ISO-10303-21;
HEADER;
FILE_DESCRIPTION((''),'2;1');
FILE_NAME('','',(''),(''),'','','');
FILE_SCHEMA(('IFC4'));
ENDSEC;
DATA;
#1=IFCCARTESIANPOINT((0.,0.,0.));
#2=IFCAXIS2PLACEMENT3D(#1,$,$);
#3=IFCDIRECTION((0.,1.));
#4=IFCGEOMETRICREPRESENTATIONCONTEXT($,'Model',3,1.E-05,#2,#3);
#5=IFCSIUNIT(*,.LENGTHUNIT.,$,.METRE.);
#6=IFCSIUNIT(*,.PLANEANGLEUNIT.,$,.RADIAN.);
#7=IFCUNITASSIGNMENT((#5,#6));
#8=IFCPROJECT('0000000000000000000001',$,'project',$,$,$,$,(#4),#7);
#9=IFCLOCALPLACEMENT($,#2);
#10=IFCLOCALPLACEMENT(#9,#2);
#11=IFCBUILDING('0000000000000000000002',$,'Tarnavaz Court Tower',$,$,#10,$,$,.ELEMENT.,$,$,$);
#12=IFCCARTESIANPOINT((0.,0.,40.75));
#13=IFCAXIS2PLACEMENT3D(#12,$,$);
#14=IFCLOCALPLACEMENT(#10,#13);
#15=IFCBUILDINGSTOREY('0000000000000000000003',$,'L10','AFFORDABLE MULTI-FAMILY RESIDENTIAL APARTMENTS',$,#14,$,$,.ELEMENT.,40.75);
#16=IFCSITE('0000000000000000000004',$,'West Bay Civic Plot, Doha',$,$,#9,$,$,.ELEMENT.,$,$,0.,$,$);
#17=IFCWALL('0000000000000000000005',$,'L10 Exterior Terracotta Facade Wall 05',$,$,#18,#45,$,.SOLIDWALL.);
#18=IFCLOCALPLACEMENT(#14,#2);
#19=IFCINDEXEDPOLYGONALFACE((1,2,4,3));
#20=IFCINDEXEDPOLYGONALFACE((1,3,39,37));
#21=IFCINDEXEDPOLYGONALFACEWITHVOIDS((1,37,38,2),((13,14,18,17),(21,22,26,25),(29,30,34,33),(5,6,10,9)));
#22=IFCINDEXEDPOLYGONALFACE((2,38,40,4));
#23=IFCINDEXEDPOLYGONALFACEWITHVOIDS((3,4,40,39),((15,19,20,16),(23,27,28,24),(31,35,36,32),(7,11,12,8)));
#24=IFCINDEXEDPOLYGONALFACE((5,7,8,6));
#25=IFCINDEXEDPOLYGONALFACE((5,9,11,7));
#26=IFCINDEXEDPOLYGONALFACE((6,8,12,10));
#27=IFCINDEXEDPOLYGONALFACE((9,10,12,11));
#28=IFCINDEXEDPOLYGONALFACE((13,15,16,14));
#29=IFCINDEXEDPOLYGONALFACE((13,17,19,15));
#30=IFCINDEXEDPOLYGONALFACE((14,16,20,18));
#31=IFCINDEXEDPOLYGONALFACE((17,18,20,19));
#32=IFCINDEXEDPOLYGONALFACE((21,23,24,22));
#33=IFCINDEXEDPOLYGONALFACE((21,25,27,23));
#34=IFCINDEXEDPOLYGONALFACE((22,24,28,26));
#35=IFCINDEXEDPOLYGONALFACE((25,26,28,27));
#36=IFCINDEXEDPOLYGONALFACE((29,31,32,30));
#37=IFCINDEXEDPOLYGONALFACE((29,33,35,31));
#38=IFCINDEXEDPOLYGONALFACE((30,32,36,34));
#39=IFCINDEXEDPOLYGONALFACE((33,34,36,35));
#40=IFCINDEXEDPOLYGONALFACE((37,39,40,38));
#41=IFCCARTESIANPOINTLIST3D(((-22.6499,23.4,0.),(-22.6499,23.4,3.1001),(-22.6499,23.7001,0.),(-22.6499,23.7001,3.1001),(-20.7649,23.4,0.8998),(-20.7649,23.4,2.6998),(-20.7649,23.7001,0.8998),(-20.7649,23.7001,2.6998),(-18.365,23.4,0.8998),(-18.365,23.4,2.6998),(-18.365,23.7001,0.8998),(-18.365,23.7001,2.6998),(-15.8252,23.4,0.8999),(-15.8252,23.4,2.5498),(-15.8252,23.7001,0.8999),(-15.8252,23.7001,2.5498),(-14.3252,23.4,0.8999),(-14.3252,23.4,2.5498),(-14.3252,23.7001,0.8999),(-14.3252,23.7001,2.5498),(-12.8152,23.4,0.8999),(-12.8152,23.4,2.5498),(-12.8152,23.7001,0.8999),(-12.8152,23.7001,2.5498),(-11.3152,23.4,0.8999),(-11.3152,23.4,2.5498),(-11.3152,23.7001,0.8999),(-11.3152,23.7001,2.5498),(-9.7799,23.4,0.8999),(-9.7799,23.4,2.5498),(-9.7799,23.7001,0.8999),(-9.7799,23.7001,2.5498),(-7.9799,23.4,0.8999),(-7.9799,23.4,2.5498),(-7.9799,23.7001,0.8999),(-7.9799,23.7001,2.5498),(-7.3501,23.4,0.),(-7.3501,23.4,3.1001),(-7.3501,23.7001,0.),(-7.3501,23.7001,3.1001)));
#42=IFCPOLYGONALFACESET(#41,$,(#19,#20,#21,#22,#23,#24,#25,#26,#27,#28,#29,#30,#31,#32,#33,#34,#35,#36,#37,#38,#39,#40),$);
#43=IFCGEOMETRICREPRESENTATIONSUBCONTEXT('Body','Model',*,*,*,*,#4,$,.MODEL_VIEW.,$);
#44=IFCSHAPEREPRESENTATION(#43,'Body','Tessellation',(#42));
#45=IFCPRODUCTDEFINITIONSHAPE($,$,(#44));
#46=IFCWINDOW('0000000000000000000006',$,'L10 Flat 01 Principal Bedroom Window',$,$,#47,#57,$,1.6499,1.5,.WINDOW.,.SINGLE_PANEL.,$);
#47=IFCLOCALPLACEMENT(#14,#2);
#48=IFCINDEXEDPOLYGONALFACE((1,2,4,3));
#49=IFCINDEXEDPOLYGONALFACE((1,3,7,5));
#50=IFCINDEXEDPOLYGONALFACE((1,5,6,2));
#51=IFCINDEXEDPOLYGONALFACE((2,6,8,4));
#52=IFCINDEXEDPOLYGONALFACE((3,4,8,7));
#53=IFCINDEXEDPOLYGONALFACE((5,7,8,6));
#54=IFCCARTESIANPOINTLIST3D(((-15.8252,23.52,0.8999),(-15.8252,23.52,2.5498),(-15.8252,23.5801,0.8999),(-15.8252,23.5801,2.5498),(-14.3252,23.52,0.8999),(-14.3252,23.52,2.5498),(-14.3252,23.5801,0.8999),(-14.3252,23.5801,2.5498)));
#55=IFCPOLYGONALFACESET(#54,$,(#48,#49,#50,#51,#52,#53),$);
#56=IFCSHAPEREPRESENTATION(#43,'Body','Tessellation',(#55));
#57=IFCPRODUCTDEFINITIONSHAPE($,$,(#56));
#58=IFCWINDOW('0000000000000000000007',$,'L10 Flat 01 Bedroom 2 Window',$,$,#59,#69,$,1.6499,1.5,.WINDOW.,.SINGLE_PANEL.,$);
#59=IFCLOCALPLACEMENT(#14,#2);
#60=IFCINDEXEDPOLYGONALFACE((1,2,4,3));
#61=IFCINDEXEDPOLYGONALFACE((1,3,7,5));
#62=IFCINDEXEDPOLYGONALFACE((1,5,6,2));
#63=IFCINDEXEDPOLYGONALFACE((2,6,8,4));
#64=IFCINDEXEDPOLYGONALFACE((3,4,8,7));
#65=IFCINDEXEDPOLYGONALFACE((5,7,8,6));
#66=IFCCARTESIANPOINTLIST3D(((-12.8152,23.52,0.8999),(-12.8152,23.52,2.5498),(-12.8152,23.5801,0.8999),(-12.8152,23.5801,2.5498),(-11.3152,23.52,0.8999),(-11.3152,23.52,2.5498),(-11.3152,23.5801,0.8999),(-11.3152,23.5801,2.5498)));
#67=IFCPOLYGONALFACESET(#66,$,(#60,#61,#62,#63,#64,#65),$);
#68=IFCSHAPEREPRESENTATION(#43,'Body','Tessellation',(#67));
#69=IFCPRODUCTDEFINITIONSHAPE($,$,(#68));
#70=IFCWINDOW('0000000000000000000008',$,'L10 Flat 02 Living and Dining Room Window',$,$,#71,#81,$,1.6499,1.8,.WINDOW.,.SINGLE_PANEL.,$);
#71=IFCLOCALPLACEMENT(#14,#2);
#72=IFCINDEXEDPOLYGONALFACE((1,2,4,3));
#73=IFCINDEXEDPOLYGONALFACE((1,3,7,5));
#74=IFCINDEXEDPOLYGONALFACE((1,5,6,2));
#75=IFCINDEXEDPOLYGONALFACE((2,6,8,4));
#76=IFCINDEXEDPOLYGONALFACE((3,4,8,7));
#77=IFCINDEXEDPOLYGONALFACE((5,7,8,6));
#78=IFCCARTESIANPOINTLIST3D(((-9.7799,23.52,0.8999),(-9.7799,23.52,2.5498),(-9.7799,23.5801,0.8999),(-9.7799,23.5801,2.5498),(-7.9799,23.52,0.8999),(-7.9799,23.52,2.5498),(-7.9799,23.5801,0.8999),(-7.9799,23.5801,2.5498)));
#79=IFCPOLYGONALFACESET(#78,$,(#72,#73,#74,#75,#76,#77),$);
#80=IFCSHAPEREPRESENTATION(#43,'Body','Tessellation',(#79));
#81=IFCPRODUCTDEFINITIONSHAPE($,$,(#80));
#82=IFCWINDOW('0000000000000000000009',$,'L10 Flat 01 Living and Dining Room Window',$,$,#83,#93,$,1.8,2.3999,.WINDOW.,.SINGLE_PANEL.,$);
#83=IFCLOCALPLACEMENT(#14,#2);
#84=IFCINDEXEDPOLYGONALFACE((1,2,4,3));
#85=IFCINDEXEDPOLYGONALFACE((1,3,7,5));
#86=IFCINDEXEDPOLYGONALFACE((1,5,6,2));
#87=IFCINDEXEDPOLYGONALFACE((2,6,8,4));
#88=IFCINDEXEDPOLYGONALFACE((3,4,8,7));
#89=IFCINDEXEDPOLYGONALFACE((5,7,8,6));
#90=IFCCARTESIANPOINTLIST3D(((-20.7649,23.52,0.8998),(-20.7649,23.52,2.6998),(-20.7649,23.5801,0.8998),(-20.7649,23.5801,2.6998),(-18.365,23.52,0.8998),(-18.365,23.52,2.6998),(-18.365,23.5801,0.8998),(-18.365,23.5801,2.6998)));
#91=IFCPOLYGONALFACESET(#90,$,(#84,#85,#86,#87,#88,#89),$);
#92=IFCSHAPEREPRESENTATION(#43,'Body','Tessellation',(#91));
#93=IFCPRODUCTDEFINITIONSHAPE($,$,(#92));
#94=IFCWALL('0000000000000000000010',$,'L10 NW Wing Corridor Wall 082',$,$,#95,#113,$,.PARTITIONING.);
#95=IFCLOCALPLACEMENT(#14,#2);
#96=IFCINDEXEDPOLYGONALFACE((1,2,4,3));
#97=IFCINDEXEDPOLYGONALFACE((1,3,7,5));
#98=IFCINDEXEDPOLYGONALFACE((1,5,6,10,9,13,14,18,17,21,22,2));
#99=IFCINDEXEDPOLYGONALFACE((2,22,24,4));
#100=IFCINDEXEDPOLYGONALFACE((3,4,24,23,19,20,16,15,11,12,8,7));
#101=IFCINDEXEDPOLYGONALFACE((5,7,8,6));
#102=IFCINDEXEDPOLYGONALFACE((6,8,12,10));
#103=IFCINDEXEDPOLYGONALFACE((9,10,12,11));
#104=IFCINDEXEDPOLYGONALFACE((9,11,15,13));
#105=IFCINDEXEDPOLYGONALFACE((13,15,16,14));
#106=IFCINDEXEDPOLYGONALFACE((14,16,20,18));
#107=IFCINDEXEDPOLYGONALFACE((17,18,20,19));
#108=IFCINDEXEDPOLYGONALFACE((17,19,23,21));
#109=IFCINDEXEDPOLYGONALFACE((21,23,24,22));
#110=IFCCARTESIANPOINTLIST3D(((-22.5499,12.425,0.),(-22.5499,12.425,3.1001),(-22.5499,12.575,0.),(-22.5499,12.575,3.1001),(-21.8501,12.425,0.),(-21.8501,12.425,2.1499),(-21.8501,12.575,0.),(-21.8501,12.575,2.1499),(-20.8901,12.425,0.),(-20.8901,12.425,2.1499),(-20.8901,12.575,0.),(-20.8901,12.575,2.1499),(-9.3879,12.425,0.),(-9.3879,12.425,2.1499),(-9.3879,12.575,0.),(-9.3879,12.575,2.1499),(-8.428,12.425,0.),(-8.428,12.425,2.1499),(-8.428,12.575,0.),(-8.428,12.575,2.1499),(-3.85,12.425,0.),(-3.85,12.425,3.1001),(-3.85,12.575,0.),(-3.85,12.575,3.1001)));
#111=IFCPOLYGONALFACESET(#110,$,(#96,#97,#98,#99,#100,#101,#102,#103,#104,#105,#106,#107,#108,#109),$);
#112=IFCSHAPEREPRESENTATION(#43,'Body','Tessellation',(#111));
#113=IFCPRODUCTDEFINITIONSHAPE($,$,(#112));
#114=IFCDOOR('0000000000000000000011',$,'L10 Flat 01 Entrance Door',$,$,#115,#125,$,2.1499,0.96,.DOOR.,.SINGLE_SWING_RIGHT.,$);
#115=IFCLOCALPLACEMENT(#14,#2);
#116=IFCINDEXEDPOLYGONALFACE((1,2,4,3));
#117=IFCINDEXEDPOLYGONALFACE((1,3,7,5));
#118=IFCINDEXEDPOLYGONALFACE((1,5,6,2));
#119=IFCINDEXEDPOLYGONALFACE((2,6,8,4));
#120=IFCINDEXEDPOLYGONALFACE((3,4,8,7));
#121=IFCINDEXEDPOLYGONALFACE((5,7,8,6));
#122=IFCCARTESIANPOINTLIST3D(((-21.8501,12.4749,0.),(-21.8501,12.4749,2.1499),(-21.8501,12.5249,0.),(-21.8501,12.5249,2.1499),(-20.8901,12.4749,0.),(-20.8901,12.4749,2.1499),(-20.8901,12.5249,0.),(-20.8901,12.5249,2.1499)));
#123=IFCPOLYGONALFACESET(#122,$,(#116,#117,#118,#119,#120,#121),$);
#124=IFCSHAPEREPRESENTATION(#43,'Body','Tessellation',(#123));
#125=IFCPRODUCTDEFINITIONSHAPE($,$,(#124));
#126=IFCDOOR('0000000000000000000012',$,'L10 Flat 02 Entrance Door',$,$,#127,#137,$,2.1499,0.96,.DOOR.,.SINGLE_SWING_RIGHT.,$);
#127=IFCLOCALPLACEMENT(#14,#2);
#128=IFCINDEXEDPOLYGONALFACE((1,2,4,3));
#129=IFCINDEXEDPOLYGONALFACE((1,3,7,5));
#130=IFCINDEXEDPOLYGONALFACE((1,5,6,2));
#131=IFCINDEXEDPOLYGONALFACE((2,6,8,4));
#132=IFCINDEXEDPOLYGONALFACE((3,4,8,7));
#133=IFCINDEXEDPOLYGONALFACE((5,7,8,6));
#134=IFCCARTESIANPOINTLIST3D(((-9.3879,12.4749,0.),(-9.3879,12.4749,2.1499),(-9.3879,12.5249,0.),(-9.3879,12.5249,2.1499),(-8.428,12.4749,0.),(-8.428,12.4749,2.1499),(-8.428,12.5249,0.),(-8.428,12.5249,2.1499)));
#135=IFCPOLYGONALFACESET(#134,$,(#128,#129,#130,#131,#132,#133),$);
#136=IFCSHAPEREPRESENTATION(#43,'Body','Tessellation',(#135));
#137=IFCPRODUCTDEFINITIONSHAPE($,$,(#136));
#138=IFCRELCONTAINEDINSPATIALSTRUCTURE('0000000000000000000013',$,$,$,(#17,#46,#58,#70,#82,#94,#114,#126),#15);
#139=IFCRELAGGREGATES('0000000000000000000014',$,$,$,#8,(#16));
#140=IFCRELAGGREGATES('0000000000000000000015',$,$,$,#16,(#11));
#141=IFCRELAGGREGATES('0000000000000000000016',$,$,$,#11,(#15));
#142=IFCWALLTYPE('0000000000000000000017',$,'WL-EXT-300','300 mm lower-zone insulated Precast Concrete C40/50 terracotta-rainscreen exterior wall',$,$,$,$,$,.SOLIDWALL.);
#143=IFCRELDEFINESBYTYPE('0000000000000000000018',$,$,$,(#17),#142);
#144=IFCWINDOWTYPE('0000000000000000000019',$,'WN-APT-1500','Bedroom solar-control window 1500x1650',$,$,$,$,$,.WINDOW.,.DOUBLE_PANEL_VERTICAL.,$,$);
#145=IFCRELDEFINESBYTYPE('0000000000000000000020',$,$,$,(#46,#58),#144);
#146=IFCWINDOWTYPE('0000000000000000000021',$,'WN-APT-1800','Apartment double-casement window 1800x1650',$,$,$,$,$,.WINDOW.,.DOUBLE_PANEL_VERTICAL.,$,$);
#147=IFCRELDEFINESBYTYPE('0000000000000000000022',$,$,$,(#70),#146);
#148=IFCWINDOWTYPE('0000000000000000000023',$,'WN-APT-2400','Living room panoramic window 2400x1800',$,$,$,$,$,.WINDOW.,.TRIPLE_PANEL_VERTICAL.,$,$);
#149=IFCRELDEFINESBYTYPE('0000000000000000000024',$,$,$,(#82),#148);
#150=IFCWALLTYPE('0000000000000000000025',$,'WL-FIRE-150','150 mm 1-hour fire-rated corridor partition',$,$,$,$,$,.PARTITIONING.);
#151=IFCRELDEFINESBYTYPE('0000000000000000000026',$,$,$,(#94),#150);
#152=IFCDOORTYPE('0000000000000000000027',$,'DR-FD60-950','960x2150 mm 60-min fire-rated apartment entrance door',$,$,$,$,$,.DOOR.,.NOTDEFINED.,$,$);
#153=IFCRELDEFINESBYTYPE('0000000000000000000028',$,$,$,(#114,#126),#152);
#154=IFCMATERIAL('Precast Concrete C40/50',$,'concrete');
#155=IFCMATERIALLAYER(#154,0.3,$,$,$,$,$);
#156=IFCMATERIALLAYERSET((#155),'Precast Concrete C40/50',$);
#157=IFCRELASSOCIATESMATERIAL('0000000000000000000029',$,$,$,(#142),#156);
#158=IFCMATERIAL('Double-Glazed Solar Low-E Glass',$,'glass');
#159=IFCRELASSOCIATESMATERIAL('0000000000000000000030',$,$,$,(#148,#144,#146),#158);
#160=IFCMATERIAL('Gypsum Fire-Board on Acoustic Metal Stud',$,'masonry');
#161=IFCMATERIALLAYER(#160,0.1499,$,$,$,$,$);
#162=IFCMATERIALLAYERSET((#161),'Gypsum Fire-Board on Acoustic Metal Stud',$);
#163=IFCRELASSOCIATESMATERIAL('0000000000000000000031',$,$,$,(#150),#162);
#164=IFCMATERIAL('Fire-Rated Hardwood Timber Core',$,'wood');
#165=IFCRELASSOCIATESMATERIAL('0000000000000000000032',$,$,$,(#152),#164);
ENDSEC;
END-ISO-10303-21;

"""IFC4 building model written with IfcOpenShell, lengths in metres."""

from ifc_helpers import new_model, si_unit, direction, frame, frame_2d, origin, place, context, subcontext, project, spatial, rectangle, extrude, material, layer, layer_set, type_object, element, fill, save


model = new_model("IFC4")

# Units and contexts
model_context = context("Model", 3, precision=1e-05, world=origin(), true_north=direction((0.0, 1.0)))
body_context = subcontext(model_context, "Body", "Model", "MODEL_VIEW")
ifc_project = project(units=[si_unit("LENGTHUNIT", "METRE"), si_unit("PLANEANGLEUNIT", "RADIAN")], contexts=[model_context])

# Site, building, storey
site_placement = place(None, origin())
site = spatial("IfcSite", under=ifc_project, at=site_placement, Name="West Bay Civic Plot, Doha", CompositionType="ELEMENT", RefElevation=0.0)
building_placement = place(site_placement, origin())
building = spatial("IfcBuilding", under=site, at=building_placement, Name="Tarnavaz Court Tower", CompositionType="ELEMENT")
storey_placement = place(building_placement, frame((0.0, 0.0, 40.75)))
storey = spatial("IfcBuildingStorey", under=building, at=storey_placement, Name="L10", Description="AFFORDABLE MULTI-FAMILY RESIDENTIAL APARTMENTS", CompositionType="ELEMENT", Elevation=40.75)

# Shared definitions
ifc_material_1 = material(Name="Precast Concrete C40/50", Category="concrete")
ifc_layer_1 = layer(ifc_material_1, 0.3)
ifc_layer_set_1 = layer_set([ifc_layer_1], Name="Precast Concrete C40/50")
wall_type_1 = type_object("IfcWallType", Name="WL-EXT-300", Description="300 mm lower-zone insulated Precast Concrete C40/50 terracotta-rainscreen exterior wall", PredefinedType="SOLIDWALL", material=ifc_layer_set_1)
ifc_material_2 = material(Name="Double-Glazed Solar Low-E Glass", Category="glass")
window_type_1 = type_object("IfcWindowType", Name="WN-APT-2400", Description="Living room panoramic window 2400x1800", PartitioningType="TRIPLE_PANEL_VERTICAL", PredefinedType="WINDOW", material=ifc_material_2)

# Wall, openings, windows
wall_1_placement = place(storey_placement, frame((-22.6499, 23.55, 0.0), z_axis=(0.0, 0.0, 1.0), x_axis=(1.0, 0.0, 0.0)))
wall_1 = element("IfcWall", 1, at=wall_1_placement, inside=storey, type_object=wall_type_1, Name="L10 Exterior Terracotta Facade Wall 05", PredefinedType="SOLIDWALL", context=body_context, shape_type="SweptSolid", body=[
    extrude(rectangle(XDim=15.2998, YDim=0.3, at=frame_2d((7.6499, 0.0))), origin(), (0.0, 0.0, 1.0), 3.1001),
])
opening_1_placement = place(wall_1_placement, frame((1.885, 0.0, 0.8999)))
opening_1 = element("IfcOpeningElement", 2, at=opening_1_placement, cuts=wall_1, PredefinedType="OPENING", context=body_context, shape_type="SweptSolid", body=[
    extrude(rectangle(XDim=2.3999, YDim=1.8, at=frame_2d((1.2, 0.8999))), frame((0.0, 0.1599, 0.0), z_axis=(0.0, -1.0, 0.0), x_axis=(1.0, 0.0, 0.0)), (0.0, 0.0, 1.0), 0.3201),
])
opening_2_placement = place(wall_1_placement, frame((6.8247, 0.0, 0.8999)))
opening_2 = element("IfcOpeningElement", 3, at=opening_2_placement, cuts=wall_1, PredefinedType="OPENING", context=body_context, shape_type="SweptSolid", body=[
    extrude(rectangle(XDim=1.5, YDim=1.6499, at=frame_2d((0.75, 0.825))), frame((0.0, 0.1599, 0.0), z_axis=(0.0, -1.0, 0.0), x_axis=(1.0, 0.0, 0.0)), (0.0, 0.0, 1.0), 0.3201),
])
opening_3_placement = place(wall_1_placement, frame((9.8347, 0.0, 0.8999)))
opening_3 = element("IfcOpeningElement", 4, at=opening_3_placement, cuts=wall_1, PredefinedType="OPENING", context=body_context, shape_type="SweptSolid", body=[
    extrude(rectangle(XDim=1.5, YDim=1.6499, at=frame_2d((0.75, 0.825))), frame((0.0, 0.1599, 0.0), z_axis=(0.0, -1.0, 0.0), x_axis=(1.0, 0.0, 0.0)), (0.0, 0.0, 1.0), 0.3201),
])
opening_4_placement = place(wall_1_placement, frame((12.8701, 0.0, 0.8999)))
opening_4 = element("IfcOpeningElement", 5, at=opening_4_placement, cuts=wall_1, PredefinedType="OPENING", context=body_context, shape_type="SweptSolid", body=[
    extrude(rectangle(XDim=1.8, YDim=1.6499, at=frame_2d((0.8999, 0.825))), frame((0.0, 0.1599, 0.0), z_axis=(0.0, -1.0, 0.0), x_axis=(1.0, 0.0, 0.0)), (0.0, 0.0, 1.0), 0.3201),
])
window_type_2 = type_object("IfcWindowType", Name="WN-APT-1500", Description="Bedroom solar-control window 1500x1650", PartitioningType="DOUBLE_PANEL_VERTICAL", PredefinedType="WINDOW", material=ifc_material_2)
window_1_placement = place(opening_2_placement, origin())
window_1 = element("IfcWindow", 6, at=window_1_placement, inside=storey, type_object=window_type_2, Name="L10 Flat 01 Principal Bedroom Window", OverallHeight=1.6499, OverallWidth=1.5, PartitioningType="SINGLE_PANEL", PredefinedType="WINDOW", context=body_context, shape_type="SweptSolid", body=[
    extrude(rectangle(XDim=1.5, YDim=1.6499, at=frame_2d((0.75, 0.825))), frame((0.0, 0.03, 0.0), z_axis=(0.0, -1.0, 0.0), x_axis=(1.0, 0.0, 0.0)), (0.0, 0.0, 1.0), 0.0601),
])
fill(opening_2, window_1)
window_2_placement = place(opening_3_placement, origin())
window_2 = element("IfcWindow", 7, at=window_2_placement, inside=storey, type_object=window_type_2, Name="L10 Flat 01 Bedroom 2 Window", OverallHeight=1.6499, OverallWidth=1.5, PartitioningType="SINGLE_PANEL", PredefinedType="WINDOW", context=body_context, shape_type="SweptSolid", body=[
    extrude(rectangle(XDim=1.5, YDim=1.6499, at=frame_2d((0.75, 0.825))), frame((0.0, 0.03, 0.0), z_axis=(0.0, -1.0, 0.0), x_axis=(1.0, 0.0, 0.0)), (0.0, 0.0, 1.0), 0.0601),
])
fill(opening_3, window_2)
window_type_3 = type_object("IfcWindowType", Name="WN-APT-1800", Description="Apartment double-casement window 1800x1650", PartitioningType="DOUBLE_PANEL_VERTICAL", PredefinedType="WINDOW", material=ifc_material_2)
window_3_placement = place(opening_4_placement, origin())
window_3 = element("IfcWindow", 8, at=window_3_placement, inside=storey, type_object=window_type_3, Name="L10 Flat 02 Living and Dining Room Window", OverallHeight=1.6499, OverallWidth=1.8, PartitioningType="SINGLE_PANEL", PredefinedType="WINDOW", context=body_context, shape_type="SweptSolid", body=[
    extrude(rectangle(XDim=1.8, YDim=1.6499, at=frame_2d((0.8999, 0.825))), frame((0.0, 0.03, 0.0), z_axis=(0.0, -1.0, 0.0), x_axis=(1.0, 0.0, 0.0)), (0.0, 0.0, 1.0), 0.0601),
])
fill(opening_4, window_3)
window_4_placement = place(opening_1_placement, origin())
window_4 = element("IfcWindow", 9, at=window_4_placement, inside=storey, type_object=window_type_1, Name="L10 Flat 01 Living and Dining Room Window", OverallHeight=1.8, OverallWidth=2.3999, PartitioningType="SINGLE_PANEL", PredefinedType="WINDOW", context=body_context, shape_type="SweptSolid", body=[
    extrude(rectangle(XDim=2.3999, YDim=1.8, at=frame_2d((1.2, 0.8999))), frame((0.0, 0.03, 0.0), z_axis=(0.0, -1.0, 0.0), x_axis=(1.0, 0.0, 0.0)), (0.0, 0.0, 1.0), 0.0601),
])
fill(opening_1, window_4)

# Wall, openings, doors
ifc_material_3 = material(Name="Gypsum Fire-Board on Acoustic Metal Stud", Category="masonry")
ifc_layer_2 = layer(ifc_material_3, 0.1499)
ifc_layer_set_2 = layer_set([ifc_layer_2], Name="Gypsum Fire-Board on Acoustic Metal Stud")
wall_type_2 = type_object("IfcWallType", Name="WL-FIRE-150", Description="150 mm 1-hour fire-rated corridor partition", PredefinedType="PARTITIONING", material=ifc_layer_set_2)
wall_2_placement = place(storey_placement, frame((-22.55, 12.5, 0.0), z_axis=(0.0, 0.0, 1.0), x_axis=(1.0, 0.0, 0.0)))
wall_2 = element("IfcWall", 10, at=wall_2_placement, inside=storey, type_object=wall_type_2, Name="L10 NW Wing Corridor Wall 082", PredefinedType="PARTITIONING", context=body_context, shape_type="SweptSolid", body=[
    extrude(rectangle(XDim=18.7, YDim=0.1499, at=frame_2d((9.3501, 0.0))), origin(), (0.0, 0.0, 1.0), 3.1001),
])
opening_5_placement = place(wall_2_placement, frame((0.7, 0.0, 0.0)))
opening_5 = element("IfcOpeningElement", 11, at=opening_5_placement, cuts=wall_2, PredefinedType="OPENING", context=body_context, shape_type="SweptSolid", body=[
    extrude(rectangle(XDim=0.96, YDim=2.1499, at=frame_2d((0.48, 1.075))), frame((0.0, 0.085, 0.0), z_axis=(0.0, -1.0, 0.0), x_axis=(1.0, 0.0, 0.0)), (0.0, 0.0, 1.0), 0.1699),
])
opening_6_placement = place(wall_2_placement, frame((13.1621, 0.0, 0.0)))
opening_6 = element("IfcOpeningElement", 12, at=opening_6_placement, cuts=wall_2, PredefinedType="OPENING", context=body_context, shape_type="SweptSolid", body=[
    extrude(rectangle(XDim=0.96, YDim=2.1499, at=frame_2d((0.48, 1.075))), frame((0.0, 0.085, 0.0), z_axis=(0.0, -1.0, 0.0), x_axis=(1.0, 0.0, 0.0)), (0.0, 0.0, 1.0), 0.1699),
])
ifc_material_4 = material(Name="Fire-Rated Hardwood Timber Core", Category="wood")
door_type_1 = type_object("IfcDoorType", Name="DR-FD60-950", Description="960x2150 mm 60-min fire-rated apartment entrance door", OperationType="NOTDEFINED", PredefinedType="DOOR", material=ifc_material_4)
door_1_placement = place(opening_5_placement, origin())
door_1 = element("IfcDoor", 13, at=door_1_placement, inside=storey, type_object=door_type_1, Name="L10 Flat 01 Entrance Door", OperationType="SINGLE_SWING_RIGHT", OverallHeight=2.1499, OverallWidth=0.96, PredefinedType="DOOR", context=body_context, shape_type="SweptSolid", body=[
    extrude(rectangle(XDim=0.96, YDim=2.1499, at=frame_2d((0.48, 1.075))), frame((0.0, 0.0249, 0.0), z_axis=(0.0, -1.0, 0.0), x_axis=(1.0, 0.0, 0.0)), (0.0, 0.0, 1.0), 0.05),
])
fill(opening_5, door_1)
door_2_placement = place(opening_6_placement, origin())
door_2 = element("IfcDoor", 14, at=door_2_placement, inside=storey, type_object=door_type_1, Name="L10 Flat 02 Entrance Door", OperationType="SINGLE_SWING_RIGHT", OverallHeight=2.1499, OverallWidth=0.96, PredefinedType="DOOR", context=body_context, shape_type="SweptSolid", body=[
    extrude(rectangle(XDim=0.96, YDim=2.1499, at=frame_2d((0.48, 1.075))), frame((0.0, 0.0249, 0.0), z_axis=(0.0, -1.0, 0.0), x_axis=(1.0, 0.0, 0.0)), (0.0, 0.0, 1.0), 0.05),
])
fill(opening_6, door_2)

save(model, "model.ifc")
